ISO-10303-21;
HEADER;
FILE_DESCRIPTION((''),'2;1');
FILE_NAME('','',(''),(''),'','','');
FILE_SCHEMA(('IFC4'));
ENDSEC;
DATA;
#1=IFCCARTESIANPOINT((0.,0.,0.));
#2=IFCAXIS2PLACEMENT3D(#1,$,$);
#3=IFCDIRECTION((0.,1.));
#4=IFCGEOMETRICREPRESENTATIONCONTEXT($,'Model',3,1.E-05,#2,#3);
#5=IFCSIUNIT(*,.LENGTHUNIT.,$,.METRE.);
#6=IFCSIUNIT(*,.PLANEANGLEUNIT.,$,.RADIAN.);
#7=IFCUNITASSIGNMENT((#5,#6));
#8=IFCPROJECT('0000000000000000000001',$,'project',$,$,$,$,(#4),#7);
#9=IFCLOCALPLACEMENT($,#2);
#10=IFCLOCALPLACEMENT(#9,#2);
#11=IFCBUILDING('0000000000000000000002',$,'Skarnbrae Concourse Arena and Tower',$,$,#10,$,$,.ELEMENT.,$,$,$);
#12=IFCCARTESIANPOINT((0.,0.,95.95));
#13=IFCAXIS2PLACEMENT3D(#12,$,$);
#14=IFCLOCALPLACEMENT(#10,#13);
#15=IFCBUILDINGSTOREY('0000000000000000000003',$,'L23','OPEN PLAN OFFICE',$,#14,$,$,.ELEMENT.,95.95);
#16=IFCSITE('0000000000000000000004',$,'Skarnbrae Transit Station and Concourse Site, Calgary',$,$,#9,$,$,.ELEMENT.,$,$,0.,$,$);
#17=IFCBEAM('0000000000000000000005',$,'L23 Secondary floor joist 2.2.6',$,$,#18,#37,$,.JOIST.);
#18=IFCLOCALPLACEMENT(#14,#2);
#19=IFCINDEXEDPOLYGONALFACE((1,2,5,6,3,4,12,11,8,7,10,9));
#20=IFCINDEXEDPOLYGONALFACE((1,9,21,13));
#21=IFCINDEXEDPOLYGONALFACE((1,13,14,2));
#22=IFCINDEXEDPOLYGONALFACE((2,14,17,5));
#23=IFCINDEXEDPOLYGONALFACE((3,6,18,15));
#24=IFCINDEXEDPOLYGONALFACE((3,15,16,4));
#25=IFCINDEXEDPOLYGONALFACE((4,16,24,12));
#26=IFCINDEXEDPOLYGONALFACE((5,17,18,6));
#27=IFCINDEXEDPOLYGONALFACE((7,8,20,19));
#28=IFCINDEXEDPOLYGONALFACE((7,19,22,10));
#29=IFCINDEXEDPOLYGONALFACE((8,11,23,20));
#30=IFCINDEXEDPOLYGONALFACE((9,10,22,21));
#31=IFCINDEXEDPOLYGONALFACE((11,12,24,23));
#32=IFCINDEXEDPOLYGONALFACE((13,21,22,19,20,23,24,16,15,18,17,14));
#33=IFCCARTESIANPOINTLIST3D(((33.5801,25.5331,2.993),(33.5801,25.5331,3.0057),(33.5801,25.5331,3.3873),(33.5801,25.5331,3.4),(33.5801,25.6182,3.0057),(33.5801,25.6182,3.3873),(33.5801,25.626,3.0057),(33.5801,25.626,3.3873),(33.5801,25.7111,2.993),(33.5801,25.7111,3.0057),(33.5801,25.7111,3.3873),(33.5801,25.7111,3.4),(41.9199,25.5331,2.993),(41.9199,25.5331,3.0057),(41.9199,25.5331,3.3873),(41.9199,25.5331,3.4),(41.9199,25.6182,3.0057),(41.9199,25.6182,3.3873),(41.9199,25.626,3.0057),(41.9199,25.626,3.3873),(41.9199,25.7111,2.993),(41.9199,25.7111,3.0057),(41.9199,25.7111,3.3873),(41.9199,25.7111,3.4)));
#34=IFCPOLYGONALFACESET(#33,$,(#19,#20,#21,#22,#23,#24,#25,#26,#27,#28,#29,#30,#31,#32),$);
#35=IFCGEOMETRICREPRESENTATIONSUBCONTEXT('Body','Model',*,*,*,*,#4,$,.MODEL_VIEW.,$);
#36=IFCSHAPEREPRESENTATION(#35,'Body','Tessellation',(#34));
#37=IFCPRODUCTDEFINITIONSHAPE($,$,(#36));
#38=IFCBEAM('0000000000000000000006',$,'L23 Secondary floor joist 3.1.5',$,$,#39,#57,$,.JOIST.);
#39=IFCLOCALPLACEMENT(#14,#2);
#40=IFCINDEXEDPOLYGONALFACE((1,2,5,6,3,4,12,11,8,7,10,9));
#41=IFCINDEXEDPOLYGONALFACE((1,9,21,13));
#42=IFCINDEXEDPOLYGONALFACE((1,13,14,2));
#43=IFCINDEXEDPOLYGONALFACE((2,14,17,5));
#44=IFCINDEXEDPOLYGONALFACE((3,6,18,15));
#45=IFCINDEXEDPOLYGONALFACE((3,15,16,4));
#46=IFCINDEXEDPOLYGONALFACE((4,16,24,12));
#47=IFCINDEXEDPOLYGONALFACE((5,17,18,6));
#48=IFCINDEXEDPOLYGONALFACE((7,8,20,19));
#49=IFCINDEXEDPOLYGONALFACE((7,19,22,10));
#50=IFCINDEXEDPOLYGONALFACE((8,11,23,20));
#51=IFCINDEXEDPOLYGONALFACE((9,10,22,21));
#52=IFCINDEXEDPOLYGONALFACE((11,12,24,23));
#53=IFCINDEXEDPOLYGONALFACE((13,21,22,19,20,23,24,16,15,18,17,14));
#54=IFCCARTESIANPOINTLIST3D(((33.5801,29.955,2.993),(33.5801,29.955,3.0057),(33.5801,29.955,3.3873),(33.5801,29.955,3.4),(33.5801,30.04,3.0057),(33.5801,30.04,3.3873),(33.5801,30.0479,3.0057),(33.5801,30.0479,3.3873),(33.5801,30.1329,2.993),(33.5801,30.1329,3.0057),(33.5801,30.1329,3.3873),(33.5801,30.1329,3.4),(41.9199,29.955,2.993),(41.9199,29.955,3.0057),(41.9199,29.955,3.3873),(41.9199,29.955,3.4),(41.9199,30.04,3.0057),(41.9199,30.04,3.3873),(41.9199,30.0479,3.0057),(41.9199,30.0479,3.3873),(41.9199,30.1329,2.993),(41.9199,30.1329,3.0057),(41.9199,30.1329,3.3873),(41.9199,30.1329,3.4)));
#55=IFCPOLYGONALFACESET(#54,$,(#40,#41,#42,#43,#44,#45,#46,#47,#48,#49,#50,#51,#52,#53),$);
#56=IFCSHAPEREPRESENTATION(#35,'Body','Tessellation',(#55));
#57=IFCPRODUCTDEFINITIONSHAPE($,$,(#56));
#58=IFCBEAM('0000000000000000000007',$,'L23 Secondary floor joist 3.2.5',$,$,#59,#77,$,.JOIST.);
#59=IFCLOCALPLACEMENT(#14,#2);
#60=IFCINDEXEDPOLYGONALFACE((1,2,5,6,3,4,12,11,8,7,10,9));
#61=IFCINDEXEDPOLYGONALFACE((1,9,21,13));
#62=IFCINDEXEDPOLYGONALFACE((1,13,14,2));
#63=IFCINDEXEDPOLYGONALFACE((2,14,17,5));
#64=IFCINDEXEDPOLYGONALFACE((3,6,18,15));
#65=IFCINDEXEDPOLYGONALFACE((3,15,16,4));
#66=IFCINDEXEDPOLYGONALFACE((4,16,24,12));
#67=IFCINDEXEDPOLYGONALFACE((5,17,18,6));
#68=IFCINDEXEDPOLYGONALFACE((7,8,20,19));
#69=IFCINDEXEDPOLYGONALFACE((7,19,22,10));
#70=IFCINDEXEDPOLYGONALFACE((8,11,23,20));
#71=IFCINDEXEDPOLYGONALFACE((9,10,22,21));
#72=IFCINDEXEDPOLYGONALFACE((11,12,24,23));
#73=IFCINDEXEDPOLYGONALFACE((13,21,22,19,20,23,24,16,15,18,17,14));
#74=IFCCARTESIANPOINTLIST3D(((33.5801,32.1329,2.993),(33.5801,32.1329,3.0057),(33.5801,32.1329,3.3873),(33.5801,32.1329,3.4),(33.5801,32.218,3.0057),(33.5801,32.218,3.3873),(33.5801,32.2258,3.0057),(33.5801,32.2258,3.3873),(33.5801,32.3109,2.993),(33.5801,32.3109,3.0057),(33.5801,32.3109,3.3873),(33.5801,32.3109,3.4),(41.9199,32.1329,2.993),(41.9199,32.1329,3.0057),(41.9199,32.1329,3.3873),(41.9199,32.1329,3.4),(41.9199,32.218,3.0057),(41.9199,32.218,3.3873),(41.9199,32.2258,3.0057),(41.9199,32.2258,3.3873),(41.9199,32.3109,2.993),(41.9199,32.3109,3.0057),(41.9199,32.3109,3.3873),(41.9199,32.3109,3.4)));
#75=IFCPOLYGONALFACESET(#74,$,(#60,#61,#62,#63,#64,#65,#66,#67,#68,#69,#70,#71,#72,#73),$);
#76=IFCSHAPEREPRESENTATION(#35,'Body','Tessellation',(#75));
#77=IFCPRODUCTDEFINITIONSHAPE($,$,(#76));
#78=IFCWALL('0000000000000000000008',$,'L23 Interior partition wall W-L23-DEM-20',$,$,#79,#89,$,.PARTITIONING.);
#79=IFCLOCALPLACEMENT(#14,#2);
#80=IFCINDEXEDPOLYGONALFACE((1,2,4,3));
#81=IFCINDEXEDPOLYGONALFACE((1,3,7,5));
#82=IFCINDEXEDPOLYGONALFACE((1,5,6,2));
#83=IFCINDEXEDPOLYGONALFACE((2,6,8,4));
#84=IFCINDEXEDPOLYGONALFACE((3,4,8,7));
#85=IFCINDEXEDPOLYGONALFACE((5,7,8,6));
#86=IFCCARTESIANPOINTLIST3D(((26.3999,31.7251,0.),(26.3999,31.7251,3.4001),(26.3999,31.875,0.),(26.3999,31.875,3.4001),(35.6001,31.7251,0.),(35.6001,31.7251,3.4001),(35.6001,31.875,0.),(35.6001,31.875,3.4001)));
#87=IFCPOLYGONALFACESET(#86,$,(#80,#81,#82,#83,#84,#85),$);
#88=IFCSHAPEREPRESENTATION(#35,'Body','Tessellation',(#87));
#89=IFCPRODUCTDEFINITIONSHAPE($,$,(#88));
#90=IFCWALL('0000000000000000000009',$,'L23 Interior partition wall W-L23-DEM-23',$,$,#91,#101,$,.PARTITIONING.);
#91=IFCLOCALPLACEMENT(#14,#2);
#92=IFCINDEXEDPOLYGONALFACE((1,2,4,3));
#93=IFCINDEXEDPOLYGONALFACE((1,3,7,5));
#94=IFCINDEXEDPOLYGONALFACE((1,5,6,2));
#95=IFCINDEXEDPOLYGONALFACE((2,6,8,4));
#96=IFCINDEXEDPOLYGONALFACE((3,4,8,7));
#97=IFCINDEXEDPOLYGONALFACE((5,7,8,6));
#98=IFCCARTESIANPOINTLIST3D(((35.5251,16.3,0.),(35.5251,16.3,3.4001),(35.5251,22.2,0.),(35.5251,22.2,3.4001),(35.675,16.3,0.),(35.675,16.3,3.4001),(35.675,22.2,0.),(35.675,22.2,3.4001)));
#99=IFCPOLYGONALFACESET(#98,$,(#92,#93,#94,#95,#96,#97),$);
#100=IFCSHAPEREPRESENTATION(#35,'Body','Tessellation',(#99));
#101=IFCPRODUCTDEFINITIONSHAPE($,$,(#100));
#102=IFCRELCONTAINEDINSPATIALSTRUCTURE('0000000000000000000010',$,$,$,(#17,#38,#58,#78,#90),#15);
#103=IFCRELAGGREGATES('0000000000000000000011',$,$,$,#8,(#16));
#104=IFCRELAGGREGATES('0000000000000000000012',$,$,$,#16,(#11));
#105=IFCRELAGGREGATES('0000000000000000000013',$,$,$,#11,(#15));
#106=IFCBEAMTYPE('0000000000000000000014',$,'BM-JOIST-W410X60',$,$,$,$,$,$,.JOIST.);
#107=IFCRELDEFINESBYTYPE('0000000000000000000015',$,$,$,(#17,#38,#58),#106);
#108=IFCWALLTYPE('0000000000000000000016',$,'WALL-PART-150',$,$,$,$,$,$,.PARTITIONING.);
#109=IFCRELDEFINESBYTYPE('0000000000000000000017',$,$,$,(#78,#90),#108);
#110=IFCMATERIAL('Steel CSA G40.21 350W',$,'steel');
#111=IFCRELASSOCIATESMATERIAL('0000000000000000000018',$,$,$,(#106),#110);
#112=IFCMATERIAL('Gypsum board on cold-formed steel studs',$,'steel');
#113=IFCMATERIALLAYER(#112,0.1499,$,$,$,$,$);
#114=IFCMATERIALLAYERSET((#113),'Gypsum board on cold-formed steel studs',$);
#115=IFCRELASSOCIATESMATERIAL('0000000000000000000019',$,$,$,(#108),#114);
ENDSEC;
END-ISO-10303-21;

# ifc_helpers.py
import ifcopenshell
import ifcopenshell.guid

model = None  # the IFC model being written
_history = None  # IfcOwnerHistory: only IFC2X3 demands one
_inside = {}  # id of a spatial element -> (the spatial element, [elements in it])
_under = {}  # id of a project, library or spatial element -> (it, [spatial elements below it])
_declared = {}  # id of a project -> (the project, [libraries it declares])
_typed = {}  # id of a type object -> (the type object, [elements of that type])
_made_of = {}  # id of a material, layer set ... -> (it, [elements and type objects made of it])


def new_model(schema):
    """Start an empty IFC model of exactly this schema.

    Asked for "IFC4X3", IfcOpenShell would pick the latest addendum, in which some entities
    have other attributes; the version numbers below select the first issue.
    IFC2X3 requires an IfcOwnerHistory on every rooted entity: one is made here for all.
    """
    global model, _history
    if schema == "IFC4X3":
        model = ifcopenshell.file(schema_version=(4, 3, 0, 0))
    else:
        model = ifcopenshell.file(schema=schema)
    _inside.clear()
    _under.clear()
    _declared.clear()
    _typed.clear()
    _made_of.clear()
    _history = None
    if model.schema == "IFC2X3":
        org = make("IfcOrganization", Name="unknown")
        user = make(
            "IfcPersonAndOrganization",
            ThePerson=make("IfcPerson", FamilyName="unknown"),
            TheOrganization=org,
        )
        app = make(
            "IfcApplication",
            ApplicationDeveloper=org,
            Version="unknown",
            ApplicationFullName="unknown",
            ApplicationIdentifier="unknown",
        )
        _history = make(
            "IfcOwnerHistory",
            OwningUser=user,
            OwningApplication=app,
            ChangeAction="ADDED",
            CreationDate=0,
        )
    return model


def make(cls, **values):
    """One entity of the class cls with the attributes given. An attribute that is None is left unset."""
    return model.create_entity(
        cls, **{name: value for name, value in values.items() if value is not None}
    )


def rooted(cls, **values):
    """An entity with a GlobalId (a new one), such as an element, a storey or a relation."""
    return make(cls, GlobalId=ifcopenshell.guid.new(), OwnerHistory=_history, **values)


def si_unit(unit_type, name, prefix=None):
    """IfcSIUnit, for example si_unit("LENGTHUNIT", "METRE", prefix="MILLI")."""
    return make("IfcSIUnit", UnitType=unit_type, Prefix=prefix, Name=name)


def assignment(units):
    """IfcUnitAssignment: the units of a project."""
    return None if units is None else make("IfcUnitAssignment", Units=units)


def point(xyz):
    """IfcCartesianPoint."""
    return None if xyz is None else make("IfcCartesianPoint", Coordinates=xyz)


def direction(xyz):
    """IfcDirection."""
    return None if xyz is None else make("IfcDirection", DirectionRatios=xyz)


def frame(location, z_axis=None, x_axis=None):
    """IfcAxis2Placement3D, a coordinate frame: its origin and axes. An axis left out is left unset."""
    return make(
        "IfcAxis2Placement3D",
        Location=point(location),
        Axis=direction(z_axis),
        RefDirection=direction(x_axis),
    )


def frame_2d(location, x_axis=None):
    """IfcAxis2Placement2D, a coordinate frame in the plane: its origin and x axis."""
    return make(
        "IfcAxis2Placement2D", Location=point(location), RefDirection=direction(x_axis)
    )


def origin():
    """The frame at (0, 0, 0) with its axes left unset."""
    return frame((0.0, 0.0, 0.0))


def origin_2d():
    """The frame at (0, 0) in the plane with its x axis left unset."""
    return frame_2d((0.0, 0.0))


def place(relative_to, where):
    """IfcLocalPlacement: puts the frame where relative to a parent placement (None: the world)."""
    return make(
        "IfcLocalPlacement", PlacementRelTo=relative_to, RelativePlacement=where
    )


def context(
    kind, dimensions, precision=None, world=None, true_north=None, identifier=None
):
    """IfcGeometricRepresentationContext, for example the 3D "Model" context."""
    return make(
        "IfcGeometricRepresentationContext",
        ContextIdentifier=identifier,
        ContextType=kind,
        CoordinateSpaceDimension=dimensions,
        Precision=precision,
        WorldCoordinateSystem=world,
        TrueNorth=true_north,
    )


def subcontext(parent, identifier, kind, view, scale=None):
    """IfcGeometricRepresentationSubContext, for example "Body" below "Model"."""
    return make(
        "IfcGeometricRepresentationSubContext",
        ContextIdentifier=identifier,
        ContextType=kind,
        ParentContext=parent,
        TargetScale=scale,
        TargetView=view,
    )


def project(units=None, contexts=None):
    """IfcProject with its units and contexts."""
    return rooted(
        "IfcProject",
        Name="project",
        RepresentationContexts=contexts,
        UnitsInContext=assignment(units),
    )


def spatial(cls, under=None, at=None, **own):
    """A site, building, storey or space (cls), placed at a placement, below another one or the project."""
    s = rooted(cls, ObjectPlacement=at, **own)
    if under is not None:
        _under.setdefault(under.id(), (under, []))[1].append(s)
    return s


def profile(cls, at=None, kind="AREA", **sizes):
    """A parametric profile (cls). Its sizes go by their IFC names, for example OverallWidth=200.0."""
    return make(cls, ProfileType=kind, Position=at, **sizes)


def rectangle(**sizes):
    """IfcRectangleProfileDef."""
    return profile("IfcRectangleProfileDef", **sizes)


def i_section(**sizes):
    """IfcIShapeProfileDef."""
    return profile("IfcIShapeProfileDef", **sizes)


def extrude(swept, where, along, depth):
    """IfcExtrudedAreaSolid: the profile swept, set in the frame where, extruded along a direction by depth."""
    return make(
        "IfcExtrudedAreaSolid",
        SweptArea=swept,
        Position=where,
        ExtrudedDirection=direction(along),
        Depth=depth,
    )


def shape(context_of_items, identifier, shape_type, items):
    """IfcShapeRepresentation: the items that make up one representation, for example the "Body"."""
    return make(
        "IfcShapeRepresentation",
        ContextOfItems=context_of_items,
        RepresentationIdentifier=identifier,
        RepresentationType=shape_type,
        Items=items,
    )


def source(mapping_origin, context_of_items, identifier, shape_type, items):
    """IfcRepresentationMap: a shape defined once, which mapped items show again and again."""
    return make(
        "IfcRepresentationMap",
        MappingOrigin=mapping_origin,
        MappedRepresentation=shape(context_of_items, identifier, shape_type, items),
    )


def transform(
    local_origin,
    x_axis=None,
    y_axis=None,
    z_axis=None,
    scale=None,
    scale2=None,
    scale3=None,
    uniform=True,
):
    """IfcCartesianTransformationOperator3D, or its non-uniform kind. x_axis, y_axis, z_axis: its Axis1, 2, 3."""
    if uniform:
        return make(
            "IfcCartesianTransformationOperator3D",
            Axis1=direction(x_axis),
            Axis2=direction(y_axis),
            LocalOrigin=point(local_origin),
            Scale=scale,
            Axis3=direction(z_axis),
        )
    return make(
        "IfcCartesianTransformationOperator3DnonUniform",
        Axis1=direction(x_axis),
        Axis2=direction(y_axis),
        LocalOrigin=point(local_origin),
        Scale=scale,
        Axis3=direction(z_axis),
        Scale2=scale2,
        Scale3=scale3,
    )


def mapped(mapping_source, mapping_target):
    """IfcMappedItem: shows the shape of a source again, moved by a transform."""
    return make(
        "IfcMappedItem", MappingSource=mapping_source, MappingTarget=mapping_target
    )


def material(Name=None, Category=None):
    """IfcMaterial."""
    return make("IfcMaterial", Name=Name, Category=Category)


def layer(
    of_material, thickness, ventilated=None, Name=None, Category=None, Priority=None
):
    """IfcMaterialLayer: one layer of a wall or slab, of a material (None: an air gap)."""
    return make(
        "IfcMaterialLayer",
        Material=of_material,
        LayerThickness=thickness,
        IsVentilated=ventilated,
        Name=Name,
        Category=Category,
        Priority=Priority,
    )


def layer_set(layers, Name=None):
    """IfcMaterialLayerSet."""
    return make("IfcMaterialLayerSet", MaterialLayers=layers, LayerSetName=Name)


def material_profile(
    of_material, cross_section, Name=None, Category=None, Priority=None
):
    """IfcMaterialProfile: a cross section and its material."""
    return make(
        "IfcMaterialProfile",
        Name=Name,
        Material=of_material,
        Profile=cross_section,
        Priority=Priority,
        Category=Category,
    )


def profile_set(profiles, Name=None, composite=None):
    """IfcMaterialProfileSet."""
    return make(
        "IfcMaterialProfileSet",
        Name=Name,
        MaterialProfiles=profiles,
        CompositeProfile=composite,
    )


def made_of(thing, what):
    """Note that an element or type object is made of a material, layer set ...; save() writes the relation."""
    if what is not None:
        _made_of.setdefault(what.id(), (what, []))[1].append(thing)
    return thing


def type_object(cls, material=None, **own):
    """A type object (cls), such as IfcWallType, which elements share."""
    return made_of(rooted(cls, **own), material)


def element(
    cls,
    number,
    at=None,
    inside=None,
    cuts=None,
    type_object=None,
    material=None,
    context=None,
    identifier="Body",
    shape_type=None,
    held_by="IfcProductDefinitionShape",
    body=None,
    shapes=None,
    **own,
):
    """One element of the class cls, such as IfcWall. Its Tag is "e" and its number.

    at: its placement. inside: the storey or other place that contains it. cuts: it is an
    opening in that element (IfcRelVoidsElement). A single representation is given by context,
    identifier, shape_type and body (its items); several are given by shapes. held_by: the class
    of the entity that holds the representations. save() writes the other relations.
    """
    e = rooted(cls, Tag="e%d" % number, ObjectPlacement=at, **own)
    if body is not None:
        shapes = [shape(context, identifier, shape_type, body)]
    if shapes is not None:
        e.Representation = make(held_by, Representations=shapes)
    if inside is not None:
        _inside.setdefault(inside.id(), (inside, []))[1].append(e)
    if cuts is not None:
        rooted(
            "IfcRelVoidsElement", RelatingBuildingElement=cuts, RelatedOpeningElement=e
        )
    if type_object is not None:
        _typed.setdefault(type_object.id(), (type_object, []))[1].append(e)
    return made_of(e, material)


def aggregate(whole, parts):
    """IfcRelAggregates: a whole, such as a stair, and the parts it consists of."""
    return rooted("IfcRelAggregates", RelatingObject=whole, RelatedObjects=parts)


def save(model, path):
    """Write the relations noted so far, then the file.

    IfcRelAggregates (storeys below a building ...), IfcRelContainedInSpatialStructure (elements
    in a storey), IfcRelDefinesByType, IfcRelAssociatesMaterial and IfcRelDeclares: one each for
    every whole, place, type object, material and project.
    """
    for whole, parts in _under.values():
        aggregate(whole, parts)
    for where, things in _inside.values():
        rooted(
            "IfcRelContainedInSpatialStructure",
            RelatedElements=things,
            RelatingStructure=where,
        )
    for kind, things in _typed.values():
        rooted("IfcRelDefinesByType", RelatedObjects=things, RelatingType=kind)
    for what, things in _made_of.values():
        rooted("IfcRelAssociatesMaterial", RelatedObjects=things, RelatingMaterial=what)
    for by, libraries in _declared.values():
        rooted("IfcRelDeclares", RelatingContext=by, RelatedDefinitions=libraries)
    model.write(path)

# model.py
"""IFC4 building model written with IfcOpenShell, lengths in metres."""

from ifc_helpers import new_model, si_unit, direction, frame, frame_2d, origin, origin_2d, place, context, subcontext, project, spatial, rectangle, i_section, extrude, source, transform, mapped, material, layer, layer_set, material_profile, profile_set, type_object, element, save


model = new_model("IFC4")

# Units and contexts
model_context = context("Model", 3, precision=1e-05, world=origin(), true_north=direction((0.0, 1.0)))
body_context = subcontext(model_context, "Body", "Model", "MODEL_VIEW")
ifc_project = project(units=[si_unit("LENGTHUNIT", "METRE"), si_unit("PLANEANGLEUNIT", "RADIAN")], contexts=[model_context])

# Site, building, storey
site_placement = place(None, origin())
site = spatial("IfcSite", under=ifc_project, at=site_placement, Name="Skarnbrae Transit Station and Concourse Site, Calgary", CompositionType="ELEMENT", RefElevation=0.0)
building_placement = place(site_placement, origin())
building = spatial("IfcBuilding", under=site, at=building_placement, Name="Skarnbrae Concourse Arena and Tower", CompositionType="ELEMENT")
storey_placement = place(building_placement, frame((0.0, 0.0, 95.95)))
storey = spatial("IfcBuildingStorey", under=building, at=storey_placement, Name="L23", Description="OPEN PLAN OFFICE", CompositionType="ELEMENT", Elevation=95.95)

# Shared definitions
ifc_material_1 = material(Name="Steel CSA G40.21 350W", Category="steel")

# Beams
ifc_material_profile_1 = material_profile(ifc_material_1, i_section(OverallWidth=0.178, OverallDepth=0.407, WebThickness=0.0078, FlangeThickness=0.0127, at=origin_2d()), Name="W410X60")
ifc_profile_set_1 = profile_set([ifc_material_profile_1], Name="Steel CSA G40.21 350W")
beam_type_1 = type_object("IfcBeamType", Name="BM-JOIST-W410X60", PredefinedType="JOIST", material=ifc_profile_set_1)
shared_shape_1 = source(origin(), body_context, "Body", "SweptSolid", [
    extrude(i_section(OverallWidth=0.178, OverallDepth=0.407, WebThickness=0.0078, FlangeThickness=0.0127, at=origin_2d()), origin(), (0.0, 0.0, 1.0), 8.3398),
])
for number, where, z_axis, x_axis, name in (
    (1, (33.5801, 25.6221, 3.1965), (1.0, 0.0, 0.0), (0.0, 1.0, 0.0), "L23 Secondary floor joist 2.2.6"),
    (2, (33.5801, 30.0439, 3.1965), (1.0, 0.0, 0.0), (0.0, 1.0, 0.0), "L23 Secondary floor joist 3.1.5"),
    (3, (33.5801, 32.2219, 3.1965), (1.0, 0.0, 0.0), (0.0, 1.0, 0.0), "L23 Secondary floor joist 3.2.5"),
):
    element("IfcBeam", number, at=place(storey_placement, frame(where, z_axis=z_axis, x_axis=x_axis)), inside=storey, type_object=beam_type_1, Name=name, PredefinedType="JOIST", context=body_context, shape_type="MappedRepresentation", body=[
        mapped(shared_shape_1, transform((0.0, 0.0, 0.0))),
    ])

# Walls
ifc_material_2 = material(Name="Gypsum board on cold-formed steel studs", Category="steel")
ifc_layer = layer(ifc_material_2, 0.1499)
ifc_layer_set = layer_set([ifc_layer], Name="Gypsum board on cold-formed steel studs")
wall_type = type_object("IfcWallType", Name="WALL-PART-150", PredefinedType="PARTITIONING", material=ifc_layer_set)
shared_shape_2 = source(origin(), body_context, "Body", "SweptSolid", [
    extrude(rectangle(XDim=9.2002, YDim=0.1499, at=frame_2d((4.6001, 0.0))), origin(), (0.0, 0.0, 1.0), 3.4001),
])
wall_1_placement = place(storey_placement, frame((35.6001, 31.8, 0.0), z_axis=(0.0, 0.0, 1.0), x_axis=(-1.0, 0.0, 0.0)))
element("IfcWall", 4, at=wall_1_placement, inside=storey, type_object=wall_type, Name="L23 Interior partition wall W-L23-DEM-20", PredefinedType="PARTITIONING", context=body_context, shape_type="MappedRepresentation", body=[
    mapped(shared_shape_2, transform((0.0, 0.0, 0.0))),
])
shared_shape_3 = source(origin(), body_context, "Body", "SweptSolid", [
    extrude(rectangle(XDim=5.8999, YDim=0.1499, at=frame_2d((2.95, 0.0))), origin(), (0.0, 0.0, 1.0), 3.4001),
])
wall_2_placement = place(storey_placement, frame((35.6001, 22.2, 0.0), z_axis=(0.0, 0.0, 1.0), x_axis=(0.0, -1.0, 0.0)))
element("IfcWall", 5, at=wall_2_placement, inside=storey, type_object=wall_type, Name="L23 Interior partition wall W-L23-DEM-23", PredefinedType="PARTITIONING", context=body_context, shape_type="MappedRepresentation", body=[
    mapped(shared_shape_3, transform((0.0, 0.0, 0.0))),
])

save(model, "model.ifc")
